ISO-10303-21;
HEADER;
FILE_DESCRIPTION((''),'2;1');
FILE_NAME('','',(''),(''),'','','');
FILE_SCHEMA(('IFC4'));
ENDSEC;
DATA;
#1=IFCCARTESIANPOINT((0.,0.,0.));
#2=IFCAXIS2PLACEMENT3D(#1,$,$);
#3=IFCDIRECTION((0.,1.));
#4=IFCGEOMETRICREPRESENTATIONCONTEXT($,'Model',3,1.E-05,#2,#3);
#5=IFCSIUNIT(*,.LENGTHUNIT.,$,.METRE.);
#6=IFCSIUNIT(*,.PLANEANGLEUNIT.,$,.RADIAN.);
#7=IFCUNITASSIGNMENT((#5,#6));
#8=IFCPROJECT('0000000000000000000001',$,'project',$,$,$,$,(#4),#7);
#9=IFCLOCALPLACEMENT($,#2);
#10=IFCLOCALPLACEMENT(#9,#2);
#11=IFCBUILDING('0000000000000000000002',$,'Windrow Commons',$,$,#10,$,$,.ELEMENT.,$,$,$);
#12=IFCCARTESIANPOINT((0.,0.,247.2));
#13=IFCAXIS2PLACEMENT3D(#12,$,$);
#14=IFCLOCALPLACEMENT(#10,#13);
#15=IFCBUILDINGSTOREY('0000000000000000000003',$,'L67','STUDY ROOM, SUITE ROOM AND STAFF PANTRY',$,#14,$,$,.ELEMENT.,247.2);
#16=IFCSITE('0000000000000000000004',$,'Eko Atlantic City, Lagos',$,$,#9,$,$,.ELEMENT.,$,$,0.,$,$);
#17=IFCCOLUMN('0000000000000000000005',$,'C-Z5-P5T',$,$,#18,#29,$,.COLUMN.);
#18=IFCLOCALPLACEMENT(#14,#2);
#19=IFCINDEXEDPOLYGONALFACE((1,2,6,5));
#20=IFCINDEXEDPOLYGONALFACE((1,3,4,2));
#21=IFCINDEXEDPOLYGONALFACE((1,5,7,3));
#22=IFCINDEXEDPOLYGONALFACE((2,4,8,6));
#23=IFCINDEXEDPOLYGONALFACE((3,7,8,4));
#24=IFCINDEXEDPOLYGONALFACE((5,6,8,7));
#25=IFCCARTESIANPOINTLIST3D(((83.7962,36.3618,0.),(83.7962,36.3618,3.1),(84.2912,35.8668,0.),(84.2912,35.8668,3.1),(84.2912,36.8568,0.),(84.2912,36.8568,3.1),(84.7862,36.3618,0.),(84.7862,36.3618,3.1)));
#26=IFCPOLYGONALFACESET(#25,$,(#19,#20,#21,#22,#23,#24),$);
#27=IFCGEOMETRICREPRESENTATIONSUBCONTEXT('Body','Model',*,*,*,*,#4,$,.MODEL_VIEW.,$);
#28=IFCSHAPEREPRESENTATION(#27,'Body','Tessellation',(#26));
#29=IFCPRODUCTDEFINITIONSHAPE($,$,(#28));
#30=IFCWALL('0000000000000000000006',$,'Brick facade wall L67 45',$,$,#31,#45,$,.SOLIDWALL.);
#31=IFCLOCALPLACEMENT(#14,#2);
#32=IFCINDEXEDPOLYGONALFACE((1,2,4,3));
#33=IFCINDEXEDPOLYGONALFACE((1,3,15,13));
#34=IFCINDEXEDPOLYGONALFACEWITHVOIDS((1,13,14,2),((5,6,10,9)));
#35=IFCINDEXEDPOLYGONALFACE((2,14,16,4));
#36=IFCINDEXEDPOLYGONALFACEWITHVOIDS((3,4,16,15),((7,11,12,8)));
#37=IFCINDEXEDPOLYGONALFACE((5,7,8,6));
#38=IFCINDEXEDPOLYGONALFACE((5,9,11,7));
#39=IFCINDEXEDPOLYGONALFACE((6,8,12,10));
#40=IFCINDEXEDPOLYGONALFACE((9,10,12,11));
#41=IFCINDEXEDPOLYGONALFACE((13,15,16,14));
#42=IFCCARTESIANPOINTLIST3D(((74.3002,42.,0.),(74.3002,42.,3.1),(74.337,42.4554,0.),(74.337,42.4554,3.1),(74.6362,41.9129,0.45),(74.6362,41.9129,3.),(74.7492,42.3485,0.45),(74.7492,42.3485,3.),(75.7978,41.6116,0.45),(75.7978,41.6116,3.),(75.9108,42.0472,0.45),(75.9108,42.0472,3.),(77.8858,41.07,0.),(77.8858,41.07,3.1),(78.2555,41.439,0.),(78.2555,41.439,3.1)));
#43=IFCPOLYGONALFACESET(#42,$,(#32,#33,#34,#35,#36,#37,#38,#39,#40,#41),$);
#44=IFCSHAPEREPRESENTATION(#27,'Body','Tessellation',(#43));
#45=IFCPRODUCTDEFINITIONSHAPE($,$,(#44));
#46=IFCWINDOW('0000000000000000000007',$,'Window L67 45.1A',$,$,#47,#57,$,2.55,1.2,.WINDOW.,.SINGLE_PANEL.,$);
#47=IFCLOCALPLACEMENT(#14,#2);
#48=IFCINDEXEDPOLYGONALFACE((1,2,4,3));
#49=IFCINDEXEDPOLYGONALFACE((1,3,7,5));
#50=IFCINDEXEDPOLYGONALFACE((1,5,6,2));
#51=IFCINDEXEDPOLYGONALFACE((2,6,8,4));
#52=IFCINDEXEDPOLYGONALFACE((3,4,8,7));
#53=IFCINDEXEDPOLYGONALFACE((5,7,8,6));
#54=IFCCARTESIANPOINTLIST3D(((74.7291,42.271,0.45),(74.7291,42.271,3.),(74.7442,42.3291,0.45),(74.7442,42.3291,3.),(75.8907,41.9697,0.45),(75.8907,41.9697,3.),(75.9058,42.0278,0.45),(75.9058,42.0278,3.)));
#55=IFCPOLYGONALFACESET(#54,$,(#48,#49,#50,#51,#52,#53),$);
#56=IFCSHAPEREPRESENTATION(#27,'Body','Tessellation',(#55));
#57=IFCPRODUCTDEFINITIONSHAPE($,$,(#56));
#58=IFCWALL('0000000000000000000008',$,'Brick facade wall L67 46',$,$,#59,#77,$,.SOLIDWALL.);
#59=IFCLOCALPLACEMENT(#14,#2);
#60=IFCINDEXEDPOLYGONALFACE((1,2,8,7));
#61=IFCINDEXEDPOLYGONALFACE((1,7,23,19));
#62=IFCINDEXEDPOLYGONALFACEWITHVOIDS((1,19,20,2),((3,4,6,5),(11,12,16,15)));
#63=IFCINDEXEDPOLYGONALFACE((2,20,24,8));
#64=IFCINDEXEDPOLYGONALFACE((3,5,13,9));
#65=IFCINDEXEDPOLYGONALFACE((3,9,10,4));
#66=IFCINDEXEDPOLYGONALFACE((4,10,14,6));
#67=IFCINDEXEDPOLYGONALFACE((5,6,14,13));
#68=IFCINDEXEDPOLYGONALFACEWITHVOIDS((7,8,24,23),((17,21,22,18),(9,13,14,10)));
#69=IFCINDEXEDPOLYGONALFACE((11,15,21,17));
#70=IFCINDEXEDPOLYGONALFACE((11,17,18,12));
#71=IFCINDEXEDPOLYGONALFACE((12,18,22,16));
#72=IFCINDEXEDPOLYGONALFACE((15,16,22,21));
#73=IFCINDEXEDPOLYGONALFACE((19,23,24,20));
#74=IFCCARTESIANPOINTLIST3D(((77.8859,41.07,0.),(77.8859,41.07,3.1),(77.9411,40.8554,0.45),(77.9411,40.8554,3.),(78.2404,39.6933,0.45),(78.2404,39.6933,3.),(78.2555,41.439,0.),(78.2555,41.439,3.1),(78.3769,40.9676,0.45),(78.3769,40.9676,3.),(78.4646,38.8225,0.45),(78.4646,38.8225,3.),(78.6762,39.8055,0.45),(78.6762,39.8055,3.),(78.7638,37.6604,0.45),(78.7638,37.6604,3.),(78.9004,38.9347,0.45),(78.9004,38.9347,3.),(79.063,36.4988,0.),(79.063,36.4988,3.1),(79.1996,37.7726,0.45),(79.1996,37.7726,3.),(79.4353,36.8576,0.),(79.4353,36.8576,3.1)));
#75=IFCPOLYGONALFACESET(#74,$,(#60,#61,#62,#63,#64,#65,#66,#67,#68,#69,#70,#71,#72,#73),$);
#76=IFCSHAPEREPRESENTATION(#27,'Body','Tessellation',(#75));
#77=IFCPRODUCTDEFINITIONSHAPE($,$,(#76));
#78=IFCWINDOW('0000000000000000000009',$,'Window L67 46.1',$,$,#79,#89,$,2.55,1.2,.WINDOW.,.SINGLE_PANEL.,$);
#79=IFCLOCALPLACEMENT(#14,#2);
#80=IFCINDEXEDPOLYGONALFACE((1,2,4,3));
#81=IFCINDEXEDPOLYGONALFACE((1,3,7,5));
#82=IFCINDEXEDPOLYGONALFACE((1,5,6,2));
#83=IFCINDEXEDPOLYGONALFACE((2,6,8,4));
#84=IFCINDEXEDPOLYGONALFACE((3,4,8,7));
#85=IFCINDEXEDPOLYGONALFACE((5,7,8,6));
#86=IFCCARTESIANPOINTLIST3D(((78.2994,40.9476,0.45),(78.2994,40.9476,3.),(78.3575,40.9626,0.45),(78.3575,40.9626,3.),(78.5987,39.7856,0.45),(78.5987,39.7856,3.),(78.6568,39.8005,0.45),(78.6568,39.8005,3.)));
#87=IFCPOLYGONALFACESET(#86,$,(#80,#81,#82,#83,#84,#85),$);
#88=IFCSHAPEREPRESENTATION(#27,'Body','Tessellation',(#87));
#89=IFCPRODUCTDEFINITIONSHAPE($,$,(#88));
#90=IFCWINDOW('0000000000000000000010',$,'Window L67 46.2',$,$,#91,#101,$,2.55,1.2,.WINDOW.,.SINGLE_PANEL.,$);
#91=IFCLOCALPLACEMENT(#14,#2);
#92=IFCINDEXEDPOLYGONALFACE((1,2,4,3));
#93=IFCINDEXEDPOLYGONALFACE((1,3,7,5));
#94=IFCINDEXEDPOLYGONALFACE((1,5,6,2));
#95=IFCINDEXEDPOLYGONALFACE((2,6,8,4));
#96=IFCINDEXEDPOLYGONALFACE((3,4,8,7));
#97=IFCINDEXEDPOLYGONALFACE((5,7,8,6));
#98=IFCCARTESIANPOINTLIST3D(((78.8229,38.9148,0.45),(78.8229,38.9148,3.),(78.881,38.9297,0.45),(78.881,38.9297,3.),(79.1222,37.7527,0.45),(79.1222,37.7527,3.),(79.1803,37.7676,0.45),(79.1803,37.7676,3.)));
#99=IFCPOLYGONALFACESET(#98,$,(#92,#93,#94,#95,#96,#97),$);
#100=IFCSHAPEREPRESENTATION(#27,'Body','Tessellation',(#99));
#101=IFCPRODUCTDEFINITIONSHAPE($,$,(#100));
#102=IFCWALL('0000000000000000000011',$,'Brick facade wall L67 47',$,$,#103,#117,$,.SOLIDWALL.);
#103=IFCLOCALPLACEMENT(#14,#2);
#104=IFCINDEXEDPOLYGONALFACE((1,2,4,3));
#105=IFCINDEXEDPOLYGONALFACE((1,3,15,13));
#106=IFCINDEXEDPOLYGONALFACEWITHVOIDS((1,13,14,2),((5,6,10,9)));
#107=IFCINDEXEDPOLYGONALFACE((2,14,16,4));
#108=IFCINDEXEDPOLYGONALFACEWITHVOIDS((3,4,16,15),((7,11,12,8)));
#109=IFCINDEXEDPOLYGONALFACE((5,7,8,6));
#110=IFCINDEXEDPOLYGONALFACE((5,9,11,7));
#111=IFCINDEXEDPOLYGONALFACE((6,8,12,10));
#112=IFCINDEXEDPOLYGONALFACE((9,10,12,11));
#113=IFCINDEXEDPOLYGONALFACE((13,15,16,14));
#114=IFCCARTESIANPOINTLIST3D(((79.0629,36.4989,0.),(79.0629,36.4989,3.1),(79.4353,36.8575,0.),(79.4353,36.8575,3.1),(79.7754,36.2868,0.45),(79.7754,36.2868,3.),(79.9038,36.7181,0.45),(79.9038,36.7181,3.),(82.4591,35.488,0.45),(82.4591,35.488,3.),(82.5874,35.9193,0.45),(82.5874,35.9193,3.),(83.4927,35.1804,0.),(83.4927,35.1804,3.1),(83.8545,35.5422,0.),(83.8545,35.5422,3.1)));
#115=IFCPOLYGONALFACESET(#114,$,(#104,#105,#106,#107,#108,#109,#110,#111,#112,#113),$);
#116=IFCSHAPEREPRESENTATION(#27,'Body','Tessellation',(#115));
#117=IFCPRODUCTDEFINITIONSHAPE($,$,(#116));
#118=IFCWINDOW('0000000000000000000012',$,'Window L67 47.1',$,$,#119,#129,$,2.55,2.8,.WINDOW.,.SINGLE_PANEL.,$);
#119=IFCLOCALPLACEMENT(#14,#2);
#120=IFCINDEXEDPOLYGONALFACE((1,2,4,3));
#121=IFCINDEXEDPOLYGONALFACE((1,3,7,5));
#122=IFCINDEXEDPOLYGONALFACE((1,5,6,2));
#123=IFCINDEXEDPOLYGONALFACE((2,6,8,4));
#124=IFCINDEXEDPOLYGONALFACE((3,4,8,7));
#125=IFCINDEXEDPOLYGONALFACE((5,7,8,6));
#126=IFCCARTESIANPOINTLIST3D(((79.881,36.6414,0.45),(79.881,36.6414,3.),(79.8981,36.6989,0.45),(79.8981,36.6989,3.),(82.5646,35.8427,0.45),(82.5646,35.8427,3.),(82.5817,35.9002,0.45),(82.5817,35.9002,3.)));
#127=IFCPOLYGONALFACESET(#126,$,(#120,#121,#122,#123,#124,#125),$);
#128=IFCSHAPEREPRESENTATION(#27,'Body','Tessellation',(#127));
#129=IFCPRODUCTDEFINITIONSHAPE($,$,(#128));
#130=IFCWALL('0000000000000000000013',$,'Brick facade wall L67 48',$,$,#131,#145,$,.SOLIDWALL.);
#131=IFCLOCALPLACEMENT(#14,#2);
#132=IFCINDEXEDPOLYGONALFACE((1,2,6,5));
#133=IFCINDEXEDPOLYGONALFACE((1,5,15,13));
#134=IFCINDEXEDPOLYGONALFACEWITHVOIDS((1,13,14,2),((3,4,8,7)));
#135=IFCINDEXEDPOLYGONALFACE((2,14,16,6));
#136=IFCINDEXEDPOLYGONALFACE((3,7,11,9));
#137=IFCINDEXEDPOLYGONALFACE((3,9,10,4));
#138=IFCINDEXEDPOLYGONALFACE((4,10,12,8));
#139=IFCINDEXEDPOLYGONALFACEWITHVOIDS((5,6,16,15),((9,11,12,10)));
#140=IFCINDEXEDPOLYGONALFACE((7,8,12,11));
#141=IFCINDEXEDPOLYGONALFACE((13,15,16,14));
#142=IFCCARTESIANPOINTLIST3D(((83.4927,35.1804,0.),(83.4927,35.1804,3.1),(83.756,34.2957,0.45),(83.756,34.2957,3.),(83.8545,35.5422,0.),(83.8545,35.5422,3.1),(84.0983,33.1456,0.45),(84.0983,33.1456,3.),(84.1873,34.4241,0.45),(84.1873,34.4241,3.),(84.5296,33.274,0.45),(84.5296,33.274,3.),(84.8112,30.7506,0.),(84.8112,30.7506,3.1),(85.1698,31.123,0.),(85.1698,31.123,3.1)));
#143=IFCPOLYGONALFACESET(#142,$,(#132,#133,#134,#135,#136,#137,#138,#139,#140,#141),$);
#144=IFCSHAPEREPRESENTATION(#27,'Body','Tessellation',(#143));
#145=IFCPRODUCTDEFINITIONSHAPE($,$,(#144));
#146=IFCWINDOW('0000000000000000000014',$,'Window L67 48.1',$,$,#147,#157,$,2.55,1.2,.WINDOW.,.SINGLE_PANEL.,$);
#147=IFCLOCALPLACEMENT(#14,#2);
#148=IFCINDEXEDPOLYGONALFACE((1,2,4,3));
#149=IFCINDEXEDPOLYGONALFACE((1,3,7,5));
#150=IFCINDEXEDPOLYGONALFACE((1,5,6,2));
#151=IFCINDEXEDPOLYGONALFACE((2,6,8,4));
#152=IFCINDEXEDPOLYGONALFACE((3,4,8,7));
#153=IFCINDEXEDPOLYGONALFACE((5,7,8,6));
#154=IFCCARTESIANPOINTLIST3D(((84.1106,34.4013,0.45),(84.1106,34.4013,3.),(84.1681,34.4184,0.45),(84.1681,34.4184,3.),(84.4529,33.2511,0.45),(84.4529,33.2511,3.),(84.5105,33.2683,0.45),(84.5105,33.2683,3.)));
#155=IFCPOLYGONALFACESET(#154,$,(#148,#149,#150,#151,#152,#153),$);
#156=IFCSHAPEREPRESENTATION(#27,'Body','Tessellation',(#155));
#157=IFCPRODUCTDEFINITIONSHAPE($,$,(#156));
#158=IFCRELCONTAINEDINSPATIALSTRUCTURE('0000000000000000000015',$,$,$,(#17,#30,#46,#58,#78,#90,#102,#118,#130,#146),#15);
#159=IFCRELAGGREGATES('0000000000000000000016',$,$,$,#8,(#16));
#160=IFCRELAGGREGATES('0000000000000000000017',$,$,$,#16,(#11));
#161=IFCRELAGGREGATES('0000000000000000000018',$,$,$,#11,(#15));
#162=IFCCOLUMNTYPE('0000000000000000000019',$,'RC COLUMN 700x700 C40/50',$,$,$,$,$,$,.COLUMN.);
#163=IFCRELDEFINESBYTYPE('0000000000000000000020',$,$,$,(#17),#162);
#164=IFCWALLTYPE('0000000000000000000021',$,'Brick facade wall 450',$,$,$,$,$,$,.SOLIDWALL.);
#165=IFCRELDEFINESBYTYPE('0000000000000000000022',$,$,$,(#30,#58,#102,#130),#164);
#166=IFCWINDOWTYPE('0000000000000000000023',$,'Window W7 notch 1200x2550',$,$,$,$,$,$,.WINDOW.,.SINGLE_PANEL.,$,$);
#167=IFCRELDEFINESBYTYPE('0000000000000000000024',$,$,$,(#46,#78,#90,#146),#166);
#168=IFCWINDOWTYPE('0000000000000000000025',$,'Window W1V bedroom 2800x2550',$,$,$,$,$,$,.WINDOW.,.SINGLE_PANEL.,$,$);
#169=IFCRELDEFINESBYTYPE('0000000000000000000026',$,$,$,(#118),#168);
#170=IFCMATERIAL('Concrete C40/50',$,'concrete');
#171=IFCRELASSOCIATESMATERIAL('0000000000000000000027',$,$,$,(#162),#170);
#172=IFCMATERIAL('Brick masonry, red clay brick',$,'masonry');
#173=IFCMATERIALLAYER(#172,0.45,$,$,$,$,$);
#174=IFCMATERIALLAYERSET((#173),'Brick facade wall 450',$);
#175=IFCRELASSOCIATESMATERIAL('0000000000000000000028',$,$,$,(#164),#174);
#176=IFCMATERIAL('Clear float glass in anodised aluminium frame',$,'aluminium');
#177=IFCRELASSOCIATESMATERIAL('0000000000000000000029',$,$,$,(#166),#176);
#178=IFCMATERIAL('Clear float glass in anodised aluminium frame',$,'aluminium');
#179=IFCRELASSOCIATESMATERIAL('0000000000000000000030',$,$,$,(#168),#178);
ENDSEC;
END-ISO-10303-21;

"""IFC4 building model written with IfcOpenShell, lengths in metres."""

from ifc_helpers import new_model, si_unit, direction, frame, frame_2d, origin, origin_2d, place, context, subcontext, project, spatial, polyline, rectangle, outline, extrude, material, layer, layer_set, material_profile, profile_set, type_object, element, fill, save


model = new_model("IFC4")

# Units and contexts
model_context = context("Model", 3, precision=1e-05, world=origin(), true_north=direction((0.0, 1.0)))
body_context = subcontext(model_context, "Body", "Model", "MODEL_VIEW")
ifc_project = project(units=[si_unit("LENGTHUNIT", "METRE"), si_unit("PLANEANGLEUNIT", "RADIAN")], contexts=[model_context])

# Site, building, storey
site_placement = place(None, origin())
site = spatial("IfcSite", under=ifc_project, at=site_placement, Name="Eko Atlantic City, Lagos", CompositionType="ELEMENT", RefElevation=0.0)
building_placement = place(site_placement, origin())
building = spatial("IfcBuilding", under=site, at=building_placement, Name="Windrow Commons", CompositionType="ELEMENT")
storey_placement = place(building_placement, frame((0.0, 0.0, 247.2)))
storey = spatial("IfcBuildingStorey", under=building, at=storey_placement, Name="L67", Description="STUDY ROOM, SUITE ROOM AND STAFF PANTRY", CompositionType="ELEMENT", Elevation=247.2)

# Column
ifc_material_1 = material(Name="Concrete C40/50", Category="concrete")
ifc_material_profile = material_profile(ifc_material_1, rectangle(XDim=0.7, YDim=0.7, at=origin_2d()))
ifc_profile_set = profile_set([ifc_material_profile], Name="Concrete C40/50")
column_type = type_object("IfcColumnType", Name="RC COLUMN 700x700 C40/50", PredefinedType="COLUMN", material=ifc_profile_set)
column_placement = place(storey_placement, frame((84.2912, 36.3618, 0.0), z_axis=(0.0, 0.0, 1.0), x_axis=(0.707107, -0.707107, 0.0)))
element("IfcColumn", 1, at=column_placement, inside=storey, type_object=column_type, Name="C-Z5-P5T", PredefinedType="COLUMN", context=body_context, shape_type="SweptSolid", body=[
    extrude(rectangle(XDim=0.7, YDim=0.7, at=origin_2d()), origin(), (0.0, 0.0, 1.0), 3.1),
])

# Wall, opening, window
ifc_material_2 = material(Name="Brick masonry, red clay brick", Category="masonry")
ifc_layer_1 = layer(ifc_material_2, 0.45)
ifc_layer_set_1 = layer_set([ifc_layer_1], Name="Brick facade wall 450")
wall_type_1 = type_object("IfcWallType", Name="Brick facade wall 450", PredefinedType="SOLIDWALL", material=ifc_layer_set_1)
wall_1_placement = place(storey_placement, frame((74.3186, 42.2277, 0.0), z_axis=(0.0, 0.0, 1.0), x_axis=(0.96797, -0.251067, 0.0)))
wall_1 = element("IfcWall", 2, at=wall_1_placement, inside=storey, type_object=wall_type_1, Name="Brick facade wall L67 45", PredefinedType="SOLIDWALL", context=body_context, shape_type="SweptSolid", body=[
    extrude(outline(polyline([(0.0393, -0.225), (3.7436, -0.225), (4.0088, 0.225), (-0.0393, 0.225), (0.0393, -0.225)])), origin(), (0.0, 0.0, 1.0), 3.1),
])
opening_1_placement = place(wall_1_placement, frame((0.3865, 0.0, 0.45)))
opening_1 = element("IfcOpeningElement", 3, at=opening_1_placement, cuts=wall_1, PredefinedType="OPENING", context=body_context, shape_type="SweptSolid", body=[
    extrude(rectangle(XDim=1.2, YDim=2.55, at=frame_2d((0.6, 1.275))), frame((0.0, 0.235, 0.0), z_axis=(0.0, -1.0, 0.0), x_axis=(1.0, 0.0, 0.0)), (0.0, 0.0, 1.0), 0.47),
])
ifc_material_3 = material(Name="Clear float glass in anodised aluminium frame", Category="aluminium")
window_type_1 = type_object("IfcWindowType", Name="Window W7 notch 1200x2550", PartitioningType="SINGLE_PANEL", PredefinedType="WINDOW", material=ifc_material_3)
window_1_placement = place(opening_1_placement, origin())
window_1 = element("IfcWindow", 4, at=window_1_placement, inside=storey, type_object=window_type_1, Name="Window L67 45.1A", OverallHeight=2.55, OverallWidth=1.2, PartitioningType="SINGLE_PANEL", PredefinedType="WINDOW", context=body_context, shape_type="SweptSolid", body=[
    extrude(rectangle(XDim=1.2, YDim=2.55, at=frame_2d((0.6, 1.275))), frame((0.0, 0.205, 0.0), z_axis=(0.0, -1.0, 0.0), x_axis=(1.0, 0.0, 0.0)), (0.0, 0.0, 1.0), 0.06),
])
fill(opening_1, window_1)

# Wall, openings, windows
wall_2_placement = place(storey_placement, frame((78.0707, 41.2545, 0.0), z_axis=(0.0, 0.0, 1.0), x_axis=(0.249366, -0.968409, 0.0)))
wall_2 = element("IfcWall", 5, at=wall_2_placement, inside=storey, type_object=wall_type_1, Name="Brick facade wall L67 46", PredefinedType="SOLIDWALL", context=body_context, shape_type="SweptSolid", body=[
    extrude(outline(polyline([(0.1326, -0.225), (4.8529, -0.225), (4.5983, 0.225), (-0.1326, 0.225), (0.1326, -0.225)])), origin(), (0.0, 0.0, 1.0), 3.1),
])
opening_2_placement = place(wall_2_placement, frame((0.3542, 0.0, 0.45)))
opening_2 = element("IfcOpeningElement", 6, at=opening_2_placement, cuts=wall_2, PredefinedType="OPENING", context=body_context, shape_type="SweptSolid", body=[
    extrude(rectangle(XDim=1.2, YDim=2.55, at=frame_2d((0.6, 1.275))), frame((0.0, 0.235, 0.0), z_axis=(0.0, -1.0, 0.0), x_axis=(1.0, 0.0, 0.0)), (0.0, 0.0, 1.0), 0.47),
])
opening_3_placement = place(wall_2_placement, frame((2.4534, 0.0, 0.45)))
opening_3 = element("IfcOpeningElement", 7, at=opening_3_placement, cuts=wall_2, PredefinedType="OPENING", context=body_context, shape_type="SweptSolid", body=[
    extrude(rectangle(XDim=1.2, YDim=2.55, at=frame_2d((0.6, 1.275))), frame((0.0, 0.235, 0.0), z_axis=(0.0, -1.0, 0.0), x_axis=(1.0, 0.0, 0.0)), (0.0, 0.0, 1.0), 0.47),
])
window_2_placement = place(opening_2_placement, origin())
window_2 = element("IfcWindow", 8, at=window_2_placement, inside=storey, type_object=window_type_1, Name="Window L67 46.1", OverallHeight=2.55, OverallWidth=1.2, PartitioningType="SINGLE_PANEL", PredefinedType="WINDOW", context=body_context, shape_type="SweptSolid", body=[
    extrude(rectangle(XDim=1.2, YDim=2.55, at=frame_2d((0.6, 1.275))), frame((0.0, 0.205, 0.0), z_axis=(0.0, -1.0, 0.0), x_axis=(1.0, 0.0, 0.0)), (0.0, 0.0, 1.0), 0.06),
])
fill(opening_2, window_2)
window_3_placement = place(opening_3_placement, origin())
window_3 = element("IfcWindow", 9, at=window_3_placement, inside=storey, type_object=window_type_1, Name="Window L67 46.2", OverallHeight=2.55, OverallWidth=1.2, PartitioningType="SINGLE_PANEL", PredefinedType="WINDOW", context=body_context, shape_type="SweptSolid", body=[
    extrude(rectangle(XDim=1.2, YDim=2.55, at=frame_2d((0.6, 1.275))), frame((0.0, 0.205, 0.0), z_axis=(0.0, -1.0, 0.0), x_axis=(1.0, 0.0, 0.0)), (0.0, 0.0, 1.0), 0.06),
])
fill(opening_3, window_3)

# Walls, openings, windows
wall_3_placement = place(storey_placement, frame((79.2491, 36.6782, 0.0), z_axis=(0.0, 0.0, 1.0), x_axis=(0.958447, -0.28527, 0.0)))
wall_3 = element("IfcWall", 10, at=wall_3_placement, inside=storey, type_object=wall_type_1, Name="Brick facade wall L67 47", PredefinedType="SOLIDWALL", context=body_context, shape_type="SweptSolid", body=[
    extrude(outline(polyline([(-0.1273, -0.225), (4.4945, -0.225), (4.7381, 0.225), (0.1273, 0.225), (-0.1273, -0.225)])), origin(), (0.0, 0.0, 1.0), 3.1),
])
opening_4_placement = place(wall_3_placement, frame((0.6161, 0.0, 0.45)))
opening_4 = element("IfcOpeningElement", 11, at=opening_4_placement, cuts=wall_3, PredefinedType="OPENING", context=body_context, shape_type="SweptSolid", body=[
    extrude(rectangle(XDim=2.8, YDim=2.55, at=frame_2d((1.4, 1.275))), frame((0.0, 0.235, 0.0), z_axis=(0.0, -1.0, 0.0), x_axis=(1.0, 0.0, 0.0)), (0.0, 0.0, 1.0), 0.47),
])
ifc_material_4 = material(Name="Clear float glass in anodised aluminium frame", Category="aluminium")
window_type_2 = type_object("IfcWindowType", Name="Window W1V bedroom 2800x2550", PartitioningType="SINGLE_PANEL", PredefinedType="WINDOW", material=ifc_material_4)
window_4_placement = place(opening_4_placement, origin())
window_4 = element("IfcWindow", 12, at=window_4_placement, inside=storey, type_object=window_type_2, Name="Window L67 47.1", OverallHeight=2.55, OverallWidth=2.8, PartitioningType="SINGLE_PANEL", PredefinedType="WINDOW", context=body_context, shape_type="SweptSolid", body=[
    extrude(rectangle(XDim=2.8, YDim=2.55, at=frame_2d((1.4, 1.275))), frame((0.0, 0.205, 0.0), z_axis=(0.0, -1.0, 0.0), x_axis=(1.0, 0.0, 0.0)), (0.0, 0.0, 1.0), 0.06),
])
fill(opening_4, window_4)
wall_4_placement = place(storey_placement, frame((83.6736, 35.3613, 0.0), z_axis=(0.0, 0.0, 1.0), x_axis=(0.28527, -0.958447, 0.0)))
wall_4 = element("IfcWall", 13, at=wall_4_placement, inside=storey, type_object=wall_type_1, Name="Brick facade wall L67 48", PredefinedType="SOLIDWALL", context=body_context, shape_type="SweptSolid", body=[
    extrude(outline(polyline([(0.1218, -0.225), (4.7436, -0.225), (4.489, 0.225), (-0.1218, 0.225), (0.1218, -0.225)])), origin(), (0.0, 0.0, 1.0), 3.1),
])
opening_5_placement = place(wall_4_placement, frame((1.0448, 0.0, 0.45)))
opening_5 = element("IfcOpeningElement", 14, at=opening_5_placement, cuts=wall_4, PredefinedType="OPENING", context=body_context, shape_type="SweptSolid", body=[
    extrude(rectangle(XDim=1.2, YDim=2.55, at=frame_2d((0.6, 1.275))), frame((0.0, 0.235, 0.0), z_axis=(0.0, -1.0, 0.0), x_axis=(1.0, 0.0, 0.0)), (0.0, 0.0, 1.0), 0.47),
])
window_5_placement = place(opening_5_placement, origin())
window_5 = element("IfcWindow", 15, at=window_5_placement, inside=storey, type_object=window_type_1, Name="Window L67 48.1", OverallHeight=2.55, OverallWidth=1.2, PartitioningType="SINGLE_PANEL", PredefinedType="WINDOW", context=body_context, shape_type="SweptSolid", body=[
    extrude(rectangle(XDim=1.2, YDim=2.55, at=frame_2d((0.6, 1.275))), frame((0.0, 0.205, 0.0), z_axis=(0.0, -1.0, 0.0), x_axis=(1.0, 0.0, 0.0)), (0.0, 0.0, 1.0), 0.06),
])
fill(opening_5, window_5)

save(model, "model.ifc")
